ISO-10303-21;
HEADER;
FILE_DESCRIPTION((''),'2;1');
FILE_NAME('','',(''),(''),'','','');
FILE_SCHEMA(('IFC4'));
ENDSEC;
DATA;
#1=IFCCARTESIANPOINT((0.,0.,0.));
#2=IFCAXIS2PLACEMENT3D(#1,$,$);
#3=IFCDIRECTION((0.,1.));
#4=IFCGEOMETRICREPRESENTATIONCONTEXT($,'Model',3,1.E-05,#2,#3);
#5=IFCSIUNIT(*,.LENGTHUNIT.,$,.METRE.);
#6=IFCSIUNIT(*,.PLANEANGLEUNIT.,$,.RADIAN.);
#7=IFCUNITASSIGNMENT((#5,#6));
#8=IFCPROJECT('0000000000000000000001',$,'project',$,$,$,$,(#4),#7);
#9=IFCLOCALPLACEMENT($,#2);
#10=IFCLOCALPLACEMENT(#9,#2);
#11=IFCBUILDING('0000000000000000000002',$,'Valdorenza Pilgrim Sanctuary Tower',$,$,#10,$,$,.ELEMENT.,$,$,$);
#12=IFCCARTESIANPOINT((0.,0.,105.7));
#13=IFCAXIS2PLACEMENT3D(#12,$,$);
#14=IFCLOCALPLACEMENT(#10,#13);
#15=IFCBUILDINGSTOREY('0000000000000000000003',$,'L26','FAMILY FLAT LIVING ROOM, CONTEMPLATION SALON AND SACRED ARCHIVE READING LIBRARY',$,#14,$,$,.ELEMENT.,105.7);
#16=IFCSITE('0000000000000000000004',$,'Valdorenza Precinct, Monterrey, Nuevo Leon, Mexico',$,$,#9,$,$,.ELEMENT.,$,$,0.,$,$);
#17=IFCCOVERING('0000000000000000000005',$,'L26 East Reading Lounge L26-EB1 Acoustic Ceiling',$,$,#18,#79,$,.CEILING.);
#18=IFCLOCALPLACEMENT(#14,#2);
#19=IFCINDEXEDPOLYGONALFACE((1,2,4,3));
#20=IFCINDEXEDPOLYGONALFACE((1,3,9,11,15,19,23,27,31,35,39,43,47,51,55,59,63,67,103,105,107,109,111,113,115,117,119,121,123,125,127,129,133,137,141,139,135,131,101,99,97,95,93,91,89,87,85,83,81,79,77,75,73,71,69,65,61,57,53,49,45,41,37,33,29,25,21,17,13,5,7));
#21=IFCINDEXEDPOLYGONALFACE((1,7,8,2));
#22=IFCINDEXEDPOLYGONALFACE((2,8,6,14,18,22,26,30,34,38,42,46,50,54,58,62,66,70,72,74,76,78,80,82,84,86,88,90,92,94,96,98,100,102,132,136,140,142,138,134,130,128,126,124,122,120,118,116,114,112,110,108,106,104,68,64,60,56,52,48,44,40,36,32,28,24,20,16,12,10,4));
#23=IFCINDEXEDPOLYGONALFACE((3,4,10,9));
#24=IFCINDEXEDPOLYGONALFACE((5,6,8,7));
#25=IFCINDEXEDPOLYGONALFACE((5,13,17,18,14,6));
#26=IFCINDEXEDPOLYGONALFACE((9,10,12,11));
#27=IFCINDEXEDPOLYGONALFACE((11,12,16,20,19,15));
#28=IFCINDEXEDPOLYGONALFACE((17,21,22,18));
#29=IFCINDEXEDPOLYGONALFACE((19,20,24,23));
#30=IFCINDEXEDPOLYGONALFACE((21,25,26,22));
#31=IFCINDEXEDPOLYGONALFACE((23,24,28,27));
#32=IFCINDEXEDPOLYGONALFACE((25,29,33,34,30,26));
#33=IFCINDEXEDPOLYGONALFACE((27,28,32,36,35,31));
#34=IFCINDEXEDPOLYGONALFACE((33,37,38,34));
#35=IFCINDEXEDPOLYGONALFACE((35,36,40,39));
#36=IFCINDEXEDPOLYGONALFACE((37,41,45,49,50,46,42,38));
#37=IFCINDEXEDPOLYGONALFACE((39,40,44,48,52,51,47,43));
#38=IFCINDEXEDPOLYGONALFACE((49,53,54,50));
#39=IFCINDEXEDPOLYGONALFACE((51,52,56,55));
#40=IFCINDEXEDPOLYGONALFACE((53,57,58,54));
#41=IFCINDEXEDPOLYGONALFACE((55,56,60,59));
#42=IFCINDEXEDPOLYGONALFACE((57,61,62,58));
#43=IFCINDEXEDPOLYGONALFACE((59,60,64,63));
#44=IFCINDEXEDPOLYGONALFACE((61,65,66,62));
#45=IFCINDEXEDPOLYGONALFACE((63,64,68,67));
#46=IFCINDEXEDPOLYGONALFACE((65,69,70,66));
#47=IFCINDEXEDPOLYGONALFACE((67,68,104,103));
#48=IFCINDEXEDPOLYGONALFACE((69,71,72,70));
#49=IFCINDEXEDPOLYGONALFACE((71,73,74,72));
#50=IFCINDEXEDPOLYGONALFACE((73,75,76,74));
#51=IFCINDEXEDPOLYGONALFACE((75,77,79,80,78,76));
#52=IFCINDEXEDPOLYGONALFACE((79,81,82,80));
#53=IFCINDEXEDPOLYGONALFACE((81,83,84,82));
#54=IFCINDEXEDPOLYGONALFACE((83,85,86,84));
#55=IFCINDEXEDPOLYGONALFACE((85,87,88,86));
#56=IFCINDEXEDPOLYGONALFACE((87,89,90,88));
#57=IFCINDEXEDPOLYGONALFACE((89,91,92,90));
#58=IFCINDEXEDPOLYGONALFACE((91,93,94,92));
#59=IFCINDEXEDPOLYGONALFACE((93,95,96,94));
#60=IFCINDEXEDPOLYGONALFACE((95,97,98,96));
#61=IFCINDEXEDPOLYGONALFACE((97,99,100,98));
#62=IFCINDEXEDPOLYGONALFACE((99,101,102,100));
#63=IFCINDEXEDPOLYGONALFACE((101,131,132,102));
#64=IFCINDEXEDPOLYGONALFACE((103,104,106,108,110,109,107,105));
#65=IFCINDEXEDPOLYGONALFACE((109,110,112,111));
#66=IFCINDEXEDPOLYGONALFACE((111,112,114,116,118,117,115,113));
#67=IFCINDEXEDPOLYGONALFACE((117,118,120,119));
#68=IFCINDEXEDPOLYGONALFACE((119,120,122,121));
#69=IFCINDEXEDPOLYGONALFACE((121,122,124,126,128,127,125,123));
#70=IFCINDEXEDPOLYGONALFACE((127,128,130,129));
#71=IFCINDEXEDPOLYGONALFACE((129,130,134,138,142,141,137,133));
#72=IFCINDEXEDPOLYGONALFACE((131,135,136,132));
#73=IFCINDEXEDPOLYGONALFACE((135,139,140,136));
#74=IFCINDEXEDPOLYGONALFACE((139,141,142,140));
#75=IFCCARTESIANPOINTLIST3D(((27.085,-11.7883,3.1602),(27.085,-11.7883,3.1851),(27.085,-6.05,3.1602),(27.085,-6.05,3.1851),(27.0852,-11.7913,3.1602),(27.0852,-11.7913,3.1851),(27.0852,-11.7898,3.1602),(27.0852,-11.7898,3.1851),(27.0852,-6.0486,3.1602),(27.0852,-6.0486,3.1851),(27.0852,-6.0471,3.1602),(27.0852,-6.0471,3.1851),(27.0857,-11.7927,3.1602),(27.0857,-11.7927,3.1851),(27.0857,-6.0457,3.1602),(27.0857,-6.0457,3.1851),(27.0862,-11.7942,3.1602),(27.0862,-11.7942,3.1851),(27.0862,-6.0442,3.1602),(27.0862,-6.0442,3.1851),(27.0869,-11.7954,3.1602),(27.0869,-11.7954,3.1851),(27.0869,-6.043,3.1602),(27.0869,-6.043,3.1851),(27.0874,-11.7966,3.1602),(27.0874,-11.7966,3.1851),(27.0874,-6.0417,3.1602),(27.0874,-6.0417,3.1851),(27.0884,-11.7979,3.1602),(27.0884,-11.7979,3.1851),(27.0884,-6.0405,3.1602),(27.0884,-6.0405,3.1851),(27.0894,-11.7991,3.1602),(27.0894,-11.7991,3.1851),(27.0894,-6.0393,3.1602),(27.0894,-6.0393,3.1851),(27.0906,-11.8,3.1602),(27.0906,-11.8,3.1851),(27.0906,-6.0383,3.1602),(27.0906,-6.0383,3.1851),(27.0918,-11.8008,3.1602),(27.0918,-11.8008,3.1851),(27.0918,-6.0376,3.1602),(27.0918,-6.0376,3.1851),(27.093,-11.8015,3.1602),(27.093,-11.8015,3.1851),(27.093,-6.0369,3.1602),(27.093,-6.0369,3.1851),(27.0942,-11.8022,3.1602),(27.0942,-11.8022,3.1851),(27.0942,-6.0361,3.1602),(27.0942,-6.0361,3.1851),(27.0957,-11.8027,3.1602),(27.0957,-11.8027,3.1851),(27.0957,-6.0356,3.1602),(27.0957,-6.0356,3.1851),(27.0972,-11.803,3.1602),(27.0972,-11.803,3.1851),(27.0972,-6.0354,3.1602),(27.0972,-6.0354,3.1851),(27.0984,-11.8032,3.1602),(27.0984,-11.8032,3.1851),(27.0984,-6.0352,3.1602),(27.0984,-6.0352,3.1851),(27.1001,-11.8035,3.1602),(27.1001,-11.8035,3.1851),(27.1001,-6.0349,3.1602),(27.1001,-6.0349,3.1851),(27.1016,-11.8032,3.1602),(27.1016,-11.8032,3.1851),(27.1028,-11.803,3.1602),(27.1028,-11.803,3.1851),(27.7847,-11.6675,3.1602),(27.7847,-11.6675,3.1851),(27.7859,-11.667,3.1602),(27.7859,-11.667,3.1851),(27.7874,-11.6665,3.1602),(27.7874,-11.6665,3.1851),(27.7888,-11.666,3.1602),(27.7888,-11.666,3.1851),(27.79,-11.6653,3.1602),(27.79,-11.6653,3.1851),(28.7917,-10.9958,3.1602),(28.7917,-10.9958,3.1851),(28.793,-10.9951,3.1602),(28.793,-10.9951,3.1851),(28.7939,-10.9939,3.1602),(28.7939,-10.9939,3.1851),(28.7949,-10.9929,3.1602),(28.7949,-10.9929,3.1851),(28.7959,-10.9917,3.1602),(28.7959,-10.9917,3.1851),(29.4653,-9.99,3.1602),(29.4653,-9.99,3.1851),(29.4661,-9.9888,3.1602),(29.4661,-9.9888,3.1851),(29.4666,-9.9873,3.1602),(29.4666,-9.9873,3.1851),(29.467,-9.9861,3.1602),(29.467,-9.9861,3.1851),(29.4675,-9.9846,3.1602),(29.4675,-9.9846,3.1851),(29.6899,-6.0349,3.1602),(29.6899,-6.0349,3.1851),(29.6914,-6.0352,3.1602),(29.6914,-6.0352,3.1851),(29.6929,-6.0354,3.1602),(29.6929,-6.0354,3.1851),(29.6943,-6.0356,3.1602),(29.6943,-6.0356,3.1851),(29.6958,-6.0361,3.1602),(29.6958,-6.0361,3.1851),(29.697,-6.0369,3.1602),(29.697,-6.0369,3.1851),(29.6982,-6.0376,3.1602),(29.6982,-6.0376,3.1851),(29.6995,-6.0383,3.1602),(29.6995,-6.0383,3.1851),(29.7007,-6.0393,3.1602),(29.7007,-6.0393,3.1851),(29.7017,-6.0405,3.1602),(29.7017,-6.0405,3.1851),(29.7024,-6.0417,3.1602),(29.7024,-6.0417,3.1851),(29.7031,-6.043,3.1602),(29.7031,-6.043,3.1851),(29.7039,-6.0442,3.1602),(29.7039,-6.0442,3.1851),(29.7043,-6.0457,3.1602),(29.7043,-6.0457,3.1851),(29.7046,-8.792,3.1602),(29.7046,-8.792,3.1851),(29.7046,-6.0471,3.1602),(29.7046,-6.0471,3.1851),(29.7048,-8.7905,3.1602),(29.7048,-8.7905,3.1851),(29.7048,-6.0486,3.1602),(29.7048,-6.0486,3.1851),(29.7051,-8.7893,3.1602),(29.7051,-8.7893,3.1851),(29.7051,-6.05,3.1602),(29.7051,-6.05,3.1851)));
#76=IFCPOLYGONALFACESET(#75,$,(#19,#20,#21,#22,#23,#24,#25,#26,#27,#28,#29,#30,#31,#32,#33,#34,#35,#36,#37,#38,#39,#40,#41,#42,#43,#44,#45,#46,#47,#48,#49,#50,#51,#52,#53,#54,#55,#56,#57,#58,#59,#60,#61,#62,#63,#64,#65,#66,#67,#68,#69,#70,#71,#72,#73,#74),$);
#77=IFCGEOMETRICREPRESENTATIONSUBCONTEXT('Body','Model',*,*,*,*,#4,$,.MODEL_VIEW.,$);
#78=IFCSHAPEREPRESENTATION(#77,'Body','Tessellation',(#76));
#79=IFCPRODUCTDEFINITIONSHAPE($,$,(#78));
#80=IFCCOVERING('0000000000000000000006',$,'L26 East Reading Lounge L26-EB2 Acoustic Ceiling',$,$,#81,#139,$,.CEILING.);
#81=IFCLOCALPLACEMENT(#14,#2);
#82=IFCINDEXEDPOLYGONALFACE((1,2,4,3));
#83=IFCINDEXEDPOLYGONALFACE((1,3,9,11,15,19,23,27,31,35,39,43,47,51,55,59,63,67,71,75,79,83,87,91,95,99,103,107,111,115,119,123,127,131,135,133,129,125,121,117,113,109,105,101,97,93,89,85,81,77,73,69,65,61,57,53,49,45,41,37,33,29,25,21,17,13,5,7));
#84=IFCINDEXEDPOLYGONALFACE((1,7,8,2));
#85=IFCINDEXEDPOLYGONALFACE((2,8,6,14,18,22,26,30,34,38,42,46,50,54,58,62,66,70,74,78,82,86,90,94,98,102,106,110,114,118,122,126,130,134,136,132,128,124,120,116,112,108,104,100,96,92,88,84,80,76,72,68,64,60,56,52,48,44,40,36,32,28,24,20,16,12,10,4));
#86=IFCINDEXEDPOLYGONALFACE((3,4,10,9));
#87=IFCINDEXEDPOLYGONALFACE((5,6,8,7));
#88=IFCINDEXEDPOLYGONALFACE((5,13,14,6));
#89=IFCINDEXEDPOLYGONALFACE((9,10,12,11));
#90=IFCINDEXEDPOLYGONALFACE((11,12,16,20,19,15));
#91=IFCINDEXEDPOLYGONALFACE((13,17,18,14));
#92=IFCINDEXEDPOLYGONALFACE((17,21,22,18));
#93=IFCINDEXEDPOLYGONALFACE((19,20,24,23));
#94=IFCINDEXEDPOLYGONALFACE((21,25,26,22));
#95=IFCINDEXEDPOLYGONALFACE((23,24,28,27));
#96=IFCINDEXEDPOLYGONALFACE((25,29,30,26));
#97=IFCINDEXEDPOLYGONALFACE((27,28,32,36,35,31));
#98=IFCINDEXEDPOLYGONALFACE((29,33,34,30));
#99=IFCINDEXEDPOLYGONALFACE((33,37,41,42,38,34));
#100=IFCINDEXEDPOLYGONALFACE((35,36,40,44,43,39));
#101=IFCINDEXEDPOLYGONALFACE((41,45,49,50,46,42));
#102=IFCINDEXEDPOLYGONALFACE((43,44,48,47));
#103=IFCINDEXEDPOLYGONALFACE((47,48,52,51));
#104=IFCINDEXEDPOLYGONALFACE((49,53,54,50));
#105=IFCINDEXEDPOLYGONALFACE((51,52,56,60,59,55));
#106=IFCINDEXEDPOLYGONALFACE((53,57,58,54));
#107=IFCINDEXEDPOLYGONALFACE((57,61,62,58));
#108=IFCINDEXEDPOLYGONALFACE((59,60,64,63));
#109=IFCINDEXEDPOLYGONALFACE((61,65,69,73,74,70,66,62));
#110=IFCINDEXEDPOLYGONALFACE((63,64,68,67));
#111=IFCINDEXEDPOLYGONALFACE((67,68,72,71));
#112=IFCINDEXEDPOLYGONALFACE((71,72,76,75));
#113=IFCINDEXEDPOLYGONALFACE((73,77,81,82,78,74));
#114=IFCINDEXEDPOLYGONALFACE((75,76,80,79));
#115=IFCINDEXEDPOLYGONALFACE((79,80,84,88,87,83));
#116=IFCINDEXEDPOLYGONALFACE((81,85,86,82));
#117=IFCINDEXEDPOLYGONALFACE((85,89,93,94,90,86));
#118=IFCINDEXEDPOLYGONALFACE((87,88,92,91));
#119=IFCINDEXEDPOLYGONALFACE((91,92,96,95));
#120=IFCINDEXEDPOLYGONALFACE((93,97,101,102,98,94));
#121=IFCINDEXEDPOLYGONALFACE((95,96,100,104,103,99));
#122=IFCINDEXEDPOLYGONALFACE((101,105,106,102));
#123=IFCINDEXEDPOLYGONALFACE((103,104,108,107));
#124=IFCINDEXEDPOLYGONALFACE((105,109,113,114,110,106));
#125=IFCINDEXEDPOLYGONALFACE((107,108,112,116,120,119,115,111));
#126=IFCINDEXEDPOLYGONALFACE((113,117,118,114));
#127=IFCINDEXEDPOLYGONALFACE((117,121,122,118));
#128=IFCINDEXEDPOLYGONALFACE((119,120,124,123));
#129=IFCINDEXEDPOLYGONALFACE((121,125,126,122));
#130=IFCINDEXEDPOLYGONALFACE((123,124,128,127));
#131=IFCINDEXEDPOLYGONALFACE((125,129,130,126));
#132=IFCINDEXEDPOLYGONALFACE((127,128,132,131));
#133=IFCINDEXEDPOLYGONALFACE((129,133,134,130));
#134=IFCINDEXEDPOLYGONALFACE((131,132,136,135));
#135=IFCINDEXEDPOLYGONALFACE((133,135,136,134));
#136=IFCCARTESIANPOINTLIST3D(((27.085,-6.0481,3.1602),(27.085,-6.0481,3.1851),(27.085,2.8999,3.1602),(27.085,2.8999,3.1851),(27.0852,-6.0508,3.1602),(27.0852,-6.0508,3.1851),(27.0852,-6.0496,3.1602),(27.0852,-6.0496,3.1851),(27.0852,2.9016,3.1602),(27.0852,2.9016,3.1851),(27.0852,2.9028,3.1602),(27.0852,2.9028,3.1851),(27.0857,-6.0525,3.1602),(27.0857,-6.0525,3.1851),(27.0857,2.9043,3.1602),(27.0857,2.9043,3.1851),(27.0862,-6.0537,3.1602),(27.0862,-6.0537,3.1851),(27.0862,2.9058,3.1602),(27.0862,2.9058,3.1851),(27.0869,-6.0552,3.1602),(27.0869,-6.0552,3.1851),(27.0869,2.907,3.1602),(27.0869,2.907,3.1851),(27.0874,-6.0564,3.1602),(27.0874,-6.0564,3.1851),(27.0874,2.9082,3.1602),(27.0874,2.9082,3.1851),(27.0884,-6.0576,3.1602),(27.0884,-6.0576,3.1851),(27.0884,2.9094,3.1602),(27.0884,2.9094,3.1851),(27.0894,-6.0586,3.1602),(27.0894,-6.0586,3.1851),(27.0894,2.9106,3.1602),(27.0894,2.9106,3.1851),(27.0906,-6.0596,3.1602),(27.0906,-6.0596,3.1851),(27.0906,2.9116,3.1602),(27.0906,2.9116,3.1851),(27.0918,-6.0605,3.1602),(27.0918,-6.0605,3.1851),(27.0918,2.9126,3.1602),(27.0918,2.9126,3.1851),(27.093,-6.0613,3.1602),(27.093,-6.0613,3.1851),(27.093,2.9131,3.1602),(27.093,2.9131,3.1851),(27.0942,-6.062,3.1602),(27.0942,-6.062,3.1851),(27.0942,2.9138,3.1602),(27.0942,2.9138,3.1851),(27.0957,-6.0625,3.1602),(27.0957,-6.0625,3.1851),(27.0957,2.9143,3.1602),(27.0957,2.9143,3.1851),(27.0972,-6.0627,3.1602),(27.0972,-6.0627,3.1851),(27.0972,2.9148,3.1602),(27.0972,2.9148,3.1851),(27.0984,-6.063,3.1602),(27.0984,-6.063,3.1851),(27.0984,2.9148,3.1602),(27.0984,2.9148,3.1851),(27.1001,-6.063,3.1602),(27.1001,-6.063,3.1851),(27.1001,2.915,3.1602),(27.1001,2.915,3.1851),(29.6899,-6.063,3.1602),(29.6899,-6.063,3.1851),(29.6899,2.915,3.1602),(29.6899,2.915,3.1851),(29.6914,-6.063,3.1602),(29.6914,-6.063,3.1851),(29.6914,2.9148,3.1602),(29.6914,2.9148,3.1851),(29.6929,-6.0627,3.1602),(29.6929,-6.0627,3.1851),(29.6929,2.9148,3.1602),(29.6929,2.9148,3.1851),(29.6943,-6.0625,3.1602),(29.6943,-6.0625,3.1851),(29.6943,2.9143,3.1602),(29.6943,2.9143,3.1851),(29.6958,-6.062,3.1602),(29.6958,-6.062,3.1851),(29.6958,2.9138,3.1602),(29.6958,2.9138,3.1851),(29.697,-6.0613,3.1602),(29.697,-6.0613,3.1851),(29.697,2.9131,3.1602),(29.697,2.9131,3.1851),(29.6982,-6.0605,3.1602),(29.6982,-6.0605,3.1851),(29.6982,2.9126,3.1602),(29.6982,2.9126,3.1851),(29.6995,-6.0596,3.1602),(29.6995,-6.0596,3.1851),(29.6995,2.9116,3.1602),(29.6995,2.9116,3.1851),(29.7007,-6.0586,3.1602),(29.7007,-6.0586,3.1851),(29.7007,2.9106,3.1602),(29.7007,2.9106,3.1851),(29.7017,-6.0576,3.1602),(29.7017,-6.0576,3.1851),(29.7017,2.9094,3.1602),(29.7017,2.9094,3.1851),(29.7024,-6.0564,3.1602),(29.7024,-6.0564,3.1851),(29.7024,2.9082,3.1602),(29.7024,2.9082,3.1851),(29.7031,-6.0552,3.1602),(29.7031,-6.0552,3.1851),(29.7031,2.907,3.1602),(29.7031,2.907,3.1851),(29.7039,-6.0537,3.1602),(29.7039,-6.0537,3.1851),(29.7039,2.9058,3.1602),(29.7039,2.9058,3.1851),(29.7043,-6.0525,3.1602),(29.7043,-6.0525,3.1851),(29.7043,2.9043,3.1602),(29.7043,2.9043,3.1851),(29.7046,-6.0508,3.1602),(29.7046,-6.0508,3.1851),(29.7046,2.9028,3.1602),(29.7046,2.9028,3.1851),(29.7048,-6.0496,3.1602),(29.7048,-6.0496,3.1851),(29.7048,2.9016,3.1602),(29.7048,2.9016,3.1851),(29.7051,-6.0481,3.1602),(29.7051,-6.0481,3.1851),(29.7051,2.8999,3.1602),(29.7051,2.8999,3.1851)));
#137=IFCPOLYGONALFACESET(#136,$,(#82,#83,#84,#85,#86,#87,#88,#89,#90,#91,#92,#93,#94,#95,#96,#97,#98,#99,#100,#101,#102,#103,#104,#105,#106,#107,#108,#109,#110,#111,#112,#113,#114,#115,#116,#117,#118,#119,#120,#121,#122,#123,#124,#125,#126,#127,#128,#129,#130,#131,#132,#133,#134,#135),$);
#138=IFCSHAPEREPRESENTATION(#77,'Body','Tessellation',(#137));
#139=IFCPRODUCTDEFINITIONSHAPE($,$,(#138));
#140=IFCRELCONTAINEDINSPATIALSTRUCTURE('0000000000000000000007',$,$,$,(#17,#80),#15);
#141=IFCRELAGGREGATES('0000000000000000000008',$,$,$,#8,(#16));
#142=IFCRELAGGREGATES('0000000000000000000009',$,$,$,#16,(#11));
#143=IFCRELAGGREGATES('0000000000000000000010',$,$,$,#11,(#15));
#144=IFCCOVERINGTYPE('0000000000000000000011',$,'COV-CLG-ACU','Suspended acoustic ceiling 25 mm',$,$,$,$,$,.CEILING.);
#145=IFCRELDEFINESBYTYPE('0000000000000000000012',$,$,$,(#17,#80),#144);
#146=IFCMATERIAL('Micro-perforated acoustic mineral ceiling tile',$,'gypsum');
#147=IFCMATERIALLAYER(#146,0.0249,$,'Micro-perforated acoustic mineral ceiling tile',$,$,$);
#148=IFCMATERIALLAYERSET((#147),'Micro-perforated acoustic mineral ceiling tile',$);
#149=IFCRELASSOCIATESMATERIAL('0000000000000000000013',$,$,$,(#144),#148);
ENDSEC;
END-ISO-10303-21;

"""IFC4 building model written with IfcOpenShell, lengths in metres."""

from ifc_helpers import new_model, si_unit, direction, frame, origin, place, context, subcontext, project, spatial, polyline, outline, extrude, material, layer, layer_set, type_object, element, save


model = new_model("IFC4")

# Units and contexts
model_context = context("Model", 3, precision=1e-05, world=origin(), true_north=direction((0.0, 1.0)))
body_context = subcontext(model_context, "Body", "Model", "MODEL_VIEW")
ifc_project = project(units=[si_unit("LENGTHUNIT", "METRE"), si_unit("PLANEANGLEUNIT", "RADIAN")], contexts=[model_context])

# Site, building, storey
site_placement = place(None, origin())
site = spatial("IfcSite", under=ifc_project, at=site_placement, Name="Valdorenza Precinct, Monterrey, Nuevo Leon, Mexico", CompositionType="ELEMENT", RefElevation=0.0)
building_placement = place(site_placement, origin())
building = spatial("IfcBuilding", under=site, at=building_placement, Name="Valdorenza Pilgrim Sanctuary Tower", CompositionType="ELEMENT")
storey_placement = place(building_placement, frame((0.0, 0.0, 105.7)))
storey = spatial("IfcBuildingStorey", under=building, at=storey_placement, Name="L26", Description="FAMILY FLAT LIVING ROOM, CONTEMPLATION SALON AND SACRED ARCHIVE READING LIBRARY", CompositionType="ELEMENT", Elevation=105.7)

# Coverings
ifc_material_1 = material(Name="Micro-perforated acoustic mineral ceiling tile", Category="gypsum")
ifc_layer_1 = layer(ifc_material_1, 0.0249, Name="Micro-perforated acoustic mineral ceiling tile")
ifc_layer_set_1 = layer_set([ifc_layer_1], Name="Micro-perforated acoustic mineral ceiling tile")
covering_type_1 = type_object("IfcCoveringType", Name="COV-CLG-ACU", Description="Suspended acoustic ceiling 25 mm", PredefinedType="CEILING", material=ifc_layer_set_1)
covering_1_placement = place(storey_placement, frame((0.0, 0.0, 3.1602)))
element("IfcCovering", 1, at=covering_1_placement, inside=storey, type_object=covering_type_1, Name="L26 East Reading Lounge L26-EB1 Acoustic Ceiling", PredefinedType="CEILING", context=body_context, shape_type="SweptSolid", body=[
    extrude(outline(polyline([(29.6899, -6.0349), (29.6914, -6.0352), (29.6929, -6.0354), (29.6943, -6.0356), (29.6958, -6.0361), (29.697, -6.0369), (29.6982, -6.0376), (29.6995, -6.0383), (29.7007, -6.0393), (29.7017, -6.0405), (29.7024, -6.0417), (29.7031, -6.043), (29.7039, -6.0442), (29.7043, -6.0457), (29.7046, -6.0471), (29.7048, -6.0486), (29.7051, -6.05), (29.7051, -8.7893), (29.7048, -8.7905), (29.7046, -8.792), (29.4675, -9.9846), (29.467, -9.9861), (29.4666, -9.9873), (29.4661, -9.9888), (29.4653, -9.99), (28.7959, -10.9917), (28.7949, -10.9929), (28.7939, -10.9939), (28.793, -10.9951), (28.7917, -10.9958), (27.79, -11.6653), (27.7888, -11.666), (27.7874, -11.6665), (27.7859, -11.667), (27.7847, -11.6675), (27.1028, -11.803), (27.1016, -11.8032), (27.1001, -11.8035), (27.0984, -11.8032), (27.0972, -11.803), (27.0957, -11.8027), (27.0942, -11.8022), (27.093, -11.8015), (27.0918, -11.8008), (27.0906, -11.8), (27.0894, -11.7991), (27.0884, -11.7979), (27.0874, -11.7966), (27.0869, -11.7954), (27.0862, -11.7942), (27.0857, -11.7927), (27.0852, -11.7913), (27.0852, -11.7898), (27.085, -11.7883), (27.085, -6.05), (27.0852, -6.0486), (27.0852, -6.0471), (27.0857, -6.0457), (27.0862, -6.0442), (27.0869, -6.043), (27.0874, -6.0417), (27.0884, -6.0405), (27.0894, -6.0393), (27.0906, -6.0383), (27.0918, -6.0376), (27.093, -6.0369), (27.0942, -6.0361), (27.0957, -6.0356), (27.0972, -6.0354), (27.0984, -6.0352), (27.1001, -6.0349), (29.6899, -6.0349)])), origin(), (0.0, 0.0, 1.0), 0.0249),
])
covering_2_placement = place(storey_placement, frame((0.0, 0.0, 3.1602)))
element("IfcCovering", 2, at=covering_2_placement, inside=storey, type_object=covering_type_1, Name="L26 East Reading Lounge L26-EB2 Acoustic Ceiling", PredefinedType="CEILING", context=body_context, shape_type="SweptSolid", body=[
    extrude(outline(polyline([(27.085, 2.8999), (27.0852, 2.9016), (27.0852, 2.9028), (27.0857, 2.9043), (27.0862, 2.9058), (27.0869, 2.907), (27.0874, 2.9082), (27.0884, 2.9094), (27.0894, 2.9106), (27.0906, 2.9116), (27.0918, 2.9126), (27.093, 2.9131), (27.0942, 2.9138), (27.0957, 2.9143), (27.0972, 2.9148), (27.0984, 2.9148), (27.1001, 2.915), (29.6899, 2.915), (29.6914, 2.9148), (29.6929, 2.9148), (29.6943, 2.9143), (29.6958, 2.9138), (29.697, 2.9131), (29.6982, 2.9126), (29.6995, 2.9116), (29.7007, 2.9106), (29.7017, 2.9094), (29.7024, 2.9082), (29.7031, 2.907), (29.7039, 2.9058), (29.7043, 2.9043), (29.7046, 2.9028), (29.7048, 2.9016), (29.7051, 2.8999), (29.7051, -6.0481), (29.7048, -6.0496), (29.7046, -6.0508), (29.7043, -6.0525), (29.7039, -6.0537), (29.7031, -6.0552), (29.7024, -6.0564), (29.7017, -6.0576), (29.7007, -6.0586), (29.6995, -6.0596), (29.6982, -6.0605), (29.697, -6.0613), (29.6958, -6.062), (29.6943, -6.0625), (29.6929, -6.0627), (29.6914, -6.063), (29.6899, -6.063), (27.1001, -6.063), (27.0984, -6.063), (27.0972, -6.0627), (27.0957, -6.0625), (27.0942, -6.062), (27.093, -6.0613), (27.0918, -6.0605), (27.0906, -6.0596), (27.0894, -6.0586), (27.0884, -6.0576), (27.0874, -6.0564), (27.0869, -6.0552), (27.0862, -6.0537), (27.0857, -6.0525), (27.0852, -6.0508), (27.0852, -6.0496), (27.085, -6.0481), (27.085, 2.8999)])), origin(), (0.0, 0.0, 1.0), 0.0249),
])

save(model, "model.ifc")
